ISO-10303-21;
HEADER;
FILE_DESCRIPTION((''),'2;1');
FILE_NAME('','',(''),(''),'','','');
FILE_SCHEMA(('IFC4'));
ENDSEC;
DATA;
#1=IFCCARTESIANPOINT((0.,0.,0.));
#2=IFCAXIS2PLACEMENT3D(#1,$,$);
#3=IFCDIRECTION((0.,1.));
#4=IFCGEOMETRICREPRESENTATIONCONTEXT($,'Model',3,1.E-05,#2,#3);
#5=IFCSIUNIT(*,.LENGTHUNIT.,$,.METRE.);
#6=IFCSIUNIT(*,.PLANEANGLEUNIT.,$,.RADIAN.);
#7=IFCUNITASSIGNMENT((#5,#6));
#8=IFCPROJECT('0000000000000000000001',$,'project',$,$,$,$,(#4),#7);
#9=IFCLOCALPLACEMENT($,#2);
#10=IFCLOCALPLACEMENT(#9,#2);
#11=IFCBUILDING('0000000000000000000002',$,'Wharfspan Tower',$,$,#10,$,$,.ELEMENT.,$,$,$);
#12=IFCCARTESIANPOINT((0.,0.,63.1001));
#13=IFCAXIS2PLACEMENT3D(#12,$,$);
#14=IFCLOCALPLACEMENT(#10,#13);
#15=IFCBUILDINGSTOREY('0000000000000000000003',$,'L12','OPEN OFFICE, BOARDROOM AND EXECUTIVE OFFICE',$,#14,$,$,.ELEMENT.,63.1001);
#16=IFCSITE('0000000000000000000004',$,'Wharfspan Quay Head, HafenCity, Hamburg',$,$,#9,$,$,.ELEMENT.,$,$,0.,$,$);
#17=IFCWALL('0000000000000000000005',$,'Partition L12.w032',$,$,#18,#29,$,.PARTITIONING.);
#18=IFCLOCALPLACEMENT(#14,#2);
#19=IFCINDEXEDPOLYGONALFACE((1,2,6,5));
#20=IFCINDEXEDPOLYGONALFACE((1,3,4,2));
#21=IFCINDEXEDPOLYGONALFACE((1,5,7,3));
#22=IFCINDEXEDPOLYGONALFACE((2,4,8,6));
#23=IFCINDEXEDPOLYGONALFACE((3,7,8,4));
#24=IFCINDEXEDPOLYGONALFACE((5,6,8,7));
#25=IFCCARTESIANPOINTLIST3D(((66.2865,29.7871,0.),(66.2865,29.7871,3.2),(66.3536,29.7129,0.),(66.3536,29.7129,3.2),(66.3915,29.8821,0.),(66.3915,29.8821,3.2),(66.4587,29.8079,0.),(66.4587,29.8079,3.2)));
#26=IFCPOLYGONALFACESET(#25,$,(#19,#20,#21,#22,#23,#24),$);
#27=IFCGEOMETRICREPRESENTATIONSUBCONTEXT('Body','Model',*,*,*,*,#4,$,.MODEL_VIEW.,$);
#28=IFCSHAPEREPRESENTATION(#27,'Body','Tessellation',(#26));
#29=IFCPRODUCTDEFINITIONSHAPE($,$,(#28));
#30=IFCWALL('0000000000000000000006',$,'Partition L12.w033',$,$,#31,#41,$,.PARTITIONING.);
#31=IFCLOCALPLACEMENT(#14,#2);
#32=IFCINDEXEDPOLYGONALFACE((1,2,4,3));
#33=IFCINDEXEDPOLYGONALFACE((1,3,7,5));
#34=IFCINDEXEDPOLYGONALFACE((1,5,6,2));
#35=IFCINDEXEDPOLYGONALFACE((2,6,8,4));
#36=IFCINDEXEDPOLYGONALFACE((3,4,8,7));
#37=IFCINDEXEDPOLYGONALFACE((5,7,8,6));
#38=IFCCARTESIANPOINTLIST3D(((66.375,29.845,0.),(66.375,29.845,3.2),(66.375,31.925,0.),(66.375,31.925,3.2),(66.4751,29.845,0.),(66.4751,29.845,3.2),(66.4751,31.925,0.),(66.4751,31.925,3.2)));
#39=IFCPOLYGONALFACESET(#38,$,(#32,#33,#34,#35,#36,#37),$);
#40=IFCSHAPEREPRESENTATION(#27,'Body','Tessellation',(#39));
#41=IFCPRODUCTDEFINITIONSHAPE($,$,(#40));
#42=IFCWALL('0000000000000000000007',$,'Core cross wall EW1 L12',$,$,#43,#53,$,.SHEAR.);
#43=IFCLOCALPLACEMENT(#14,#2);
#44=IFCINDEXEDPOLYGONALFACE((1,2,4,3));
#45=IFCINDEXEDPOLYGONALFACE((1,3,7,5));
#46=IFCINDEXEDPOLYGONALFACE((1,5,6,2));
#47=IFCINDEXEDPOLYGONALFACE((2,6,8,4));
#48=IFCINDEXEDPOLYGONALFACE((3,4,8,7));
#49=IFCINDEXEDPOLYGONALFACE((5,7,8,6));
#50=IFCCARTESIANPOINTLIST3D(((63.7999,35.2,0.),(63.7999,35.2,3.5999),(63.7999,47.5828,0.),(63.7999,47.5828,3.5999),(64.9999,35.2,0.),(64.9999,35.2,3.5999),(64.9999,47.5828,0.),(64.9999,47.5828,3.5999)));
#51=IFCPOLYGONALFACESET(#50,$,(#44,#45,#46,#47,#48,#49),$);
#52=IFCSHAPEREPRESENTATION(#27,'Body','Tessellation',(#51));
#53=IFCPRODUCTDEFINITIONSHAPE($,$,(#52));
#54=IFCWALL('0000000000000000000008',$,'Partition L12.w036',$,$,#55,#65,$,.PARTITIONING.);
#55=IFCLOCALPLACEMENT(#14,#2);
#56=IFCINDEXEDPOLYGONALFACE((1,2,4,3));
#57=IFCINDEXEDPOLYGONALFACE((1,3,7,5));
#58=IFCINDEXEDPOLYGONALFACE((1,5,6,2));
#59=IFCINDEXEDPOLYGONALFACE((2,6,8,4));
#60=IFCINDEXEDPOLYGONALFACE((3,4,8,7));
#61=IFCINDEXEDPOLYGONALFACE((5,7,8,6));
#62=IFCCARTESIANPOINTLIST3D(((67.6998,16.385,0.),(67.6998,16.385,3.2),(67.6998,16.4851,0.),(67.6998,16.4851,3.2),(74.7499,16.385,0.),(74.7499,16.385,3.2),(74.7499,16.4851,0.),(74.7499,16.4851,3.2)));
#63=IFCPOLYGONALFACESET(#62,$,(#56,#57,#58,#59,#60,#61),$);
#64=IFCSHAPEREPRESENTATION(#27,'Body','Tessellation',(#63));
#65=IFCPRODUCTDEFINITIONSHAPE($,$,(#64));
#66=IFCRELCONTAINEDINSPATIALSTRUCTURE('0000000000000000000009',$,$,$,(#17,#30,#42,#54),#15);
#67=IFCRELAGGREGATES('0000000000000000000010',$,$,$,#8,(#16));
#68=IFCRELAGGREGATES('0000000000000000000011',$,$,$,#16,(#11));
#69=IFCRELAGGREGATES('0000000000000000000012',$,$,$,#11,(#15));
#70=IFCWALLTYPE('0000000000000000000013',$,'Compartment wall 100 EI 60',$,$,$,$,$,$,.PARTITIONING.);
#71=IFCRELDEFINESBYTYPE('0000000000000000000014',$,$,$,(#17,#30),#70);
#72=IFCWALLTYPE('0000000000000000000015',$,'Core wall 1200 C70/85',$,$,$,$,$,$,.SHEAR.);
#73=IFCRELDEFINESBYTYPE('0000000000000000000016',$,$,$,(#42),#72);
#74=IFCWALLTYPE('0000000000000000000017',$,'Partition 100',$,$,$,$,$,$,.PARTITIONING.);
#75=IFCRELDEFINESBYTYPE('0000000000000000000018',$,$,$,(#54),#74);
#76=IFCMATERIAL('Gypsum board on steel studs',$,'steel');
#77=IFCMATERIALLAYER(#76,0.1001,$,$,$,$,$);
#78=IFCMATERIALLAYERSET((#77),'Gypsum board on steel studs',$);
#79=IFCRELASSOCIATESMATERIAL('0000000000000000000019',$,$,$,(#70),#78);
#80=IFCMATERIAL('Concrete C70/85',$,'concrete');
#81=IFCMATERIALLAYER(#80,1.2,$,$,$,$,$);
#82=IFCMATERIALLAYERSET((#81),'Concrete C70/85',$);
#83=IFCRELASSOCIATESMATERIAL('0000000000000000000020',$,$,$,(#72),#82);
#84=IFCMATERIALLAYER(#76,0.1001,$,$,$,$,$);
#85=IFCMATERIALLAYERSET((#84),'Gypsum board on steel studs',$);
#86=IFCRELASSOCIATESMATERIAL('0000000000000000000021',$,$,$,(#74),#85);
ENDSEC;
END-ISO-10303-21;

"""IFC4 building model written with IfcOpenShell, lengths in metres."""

from ifc_helpers import new_model, si_unit, direction, frame, frame_2d, origin, place, context, subcontext, project, spatial, rectangle, extrude, material, layer, layer_set, type_object, element, save


model = new_model("IFC4")

# Units and contexts
model_context = context("Model", 3, precision=1e-05, world=origin(), true_north=direction((0.0, 1.0)))
body_context = subcontext(model_context, "Body", "Model", "MODEL_VIEW")
ifc_project = project(units=[si_unit("LENGTHUNIT", "METRE"), si_unit("PLANEANGLEUNIT", "RADIAN")], contexts=[model_context])

# Site, building, storey
site_placement = place(None, origin())
site = spatial("IfcSite", under=ifc_project, at=site_placement, Name="Wharfspan Quay Head, HafenCity, Hamburg", CompositionType="ELEMENT", RefElevation=0.0)
building_placement = place(site_placement, origin())
building = spatial("IfcBuilding", under=site, at=building_placement, Name="Wharfspan Tower", CompositionType="ELEMENT")
storey_placement = place(building_placement, frame((0.0, 0.0, 63.1001)))
storey = spatial("IfcBuildingStorey", under=building, at=storey_placement, Name="L12", Description="OPEN OFFICE, BOARDROOM AND EXECUTIVE OFFICE", CompositionType="ELEMENT", Elevation=63.1001)

# Shared definitions
ifc_material_1 = material(Name="Gypsum board on steel studs", Category="steel")
ifc_layer_1 = layer(ifc_material_1, 0.1001)
ifc_layer_set_1 = layer_set([ifc_layer_1], Name="Gypsum board on steel studs")
wall_type_1 = type_object("IfcWallType", Name="Compartment wall 100 EI 60", PredefinedType="PARTITIONING", material=ifc_layer_set_1)

# Walls
wall_1_placement = place(storey_placement, frame((66.3201, 29.75, 0.0), z_axis=(0.0, 0.0, 1.0), x_axis=(0.741581, 0.670872, 0.0)))
element("IfcWall", 1, at=wall_1_placement, inside=storey, type_object=wall_type_1, Name="Partition L12.w032", PredefinedType="PARTITIONING", context=body_context, shape_type="SweptSolid", body=[
    extrude(rectangle(XDim=0.1416, YDim=0.1001, at=frame_2d((0.0708, 0.0))), origin(), (0.0, 0.0, 1.0), 3.2),
])
wall_2_placement = place(storey_placement, frame((66.425, 29.845, 0.0), z_axis=(0.0, 0.0, 1.0), x_axis=(0.0, 1.0, 0.0)))
element("IfcWall", 2, at=wall_2_placement, inside=storey, type_object=wall_type_1, Name="Partition L12.w033", PredefinedType="PARTITIONING", context=body_context, shape_type="SweptSolid", body=[
    extrude(rectangle(XDim=2.0801, YDim=0.1001, at=frame_2d((1.04, 0.0))), origin(), (0.0, 0.0, 1.0), 3.2),
])
ifc_material_2 = material(Name="Concrete C70/85", Category="concrete")
ifc_layer_2 = layer(ifc_material_2, 1.2)
ifc_layer_set_2 = layer_set([ifc_layer_2], Name="Concrete C70/85")
wall_type_2 = type_object("IfcWallType", Name="Core wall 1200 C70/85", PredefinedType="SHEAR", material=ifc_layer_set_2)
wall_3_placement = place(storey_placement, frame((64.3999, 35.2, 0.0), z_axis=(0.0, 0.0, 1.0), x_axis=(0.0, 1.0, 0.0)))
element("IfcWall", 3, at=wall_3_placement, inside=storey, type_object=wall_type_2, Name="Core cross wall EW1 L12", PredefinedType="SHEAR", context=body_context, shape_type="SweptSolid", body=[
    extrude(rectangle(XDim=12.3828, YDim=1.2, at=frame_2d((6.1914, 0.0))), origin(), (0.0, 0.0, 1.0), 3.5999),
])
ifc_layer_3 = layer(ifc_material_1, 0.1001)
ifc_layer_set_3 = layer_set([ifc_layer_3], Name="Gypsum board on steel studs")
wall_type_3 = type_object("IfcWallType", Name="Partition 100", PredefinedType="PARTITIONING", material=ifc_layer_set_3)
wall_4_placement = place(storey_placement, frame((67.7, 16.4351, 0.0), z_axis=(0.0, 0.0, 1.0), x_axis=(1.0, 0.0, 0.0)))
element("IfcWall", 4, at=wall_4_placement, inside=storey, type_object=wall_type_3, Name="Partition L12.w036", PredefinedType="PARTITIONING", context=body_context, shape_type="SweptSolid", body=[
    extrude(rectangle(XDim=7.05, YDim=0.1001, at=frame_2d((3.5249, 0.0))), origin(), (0.0, 0.0, 1.0), 3.2),
])

save(model, "model.ifc")
